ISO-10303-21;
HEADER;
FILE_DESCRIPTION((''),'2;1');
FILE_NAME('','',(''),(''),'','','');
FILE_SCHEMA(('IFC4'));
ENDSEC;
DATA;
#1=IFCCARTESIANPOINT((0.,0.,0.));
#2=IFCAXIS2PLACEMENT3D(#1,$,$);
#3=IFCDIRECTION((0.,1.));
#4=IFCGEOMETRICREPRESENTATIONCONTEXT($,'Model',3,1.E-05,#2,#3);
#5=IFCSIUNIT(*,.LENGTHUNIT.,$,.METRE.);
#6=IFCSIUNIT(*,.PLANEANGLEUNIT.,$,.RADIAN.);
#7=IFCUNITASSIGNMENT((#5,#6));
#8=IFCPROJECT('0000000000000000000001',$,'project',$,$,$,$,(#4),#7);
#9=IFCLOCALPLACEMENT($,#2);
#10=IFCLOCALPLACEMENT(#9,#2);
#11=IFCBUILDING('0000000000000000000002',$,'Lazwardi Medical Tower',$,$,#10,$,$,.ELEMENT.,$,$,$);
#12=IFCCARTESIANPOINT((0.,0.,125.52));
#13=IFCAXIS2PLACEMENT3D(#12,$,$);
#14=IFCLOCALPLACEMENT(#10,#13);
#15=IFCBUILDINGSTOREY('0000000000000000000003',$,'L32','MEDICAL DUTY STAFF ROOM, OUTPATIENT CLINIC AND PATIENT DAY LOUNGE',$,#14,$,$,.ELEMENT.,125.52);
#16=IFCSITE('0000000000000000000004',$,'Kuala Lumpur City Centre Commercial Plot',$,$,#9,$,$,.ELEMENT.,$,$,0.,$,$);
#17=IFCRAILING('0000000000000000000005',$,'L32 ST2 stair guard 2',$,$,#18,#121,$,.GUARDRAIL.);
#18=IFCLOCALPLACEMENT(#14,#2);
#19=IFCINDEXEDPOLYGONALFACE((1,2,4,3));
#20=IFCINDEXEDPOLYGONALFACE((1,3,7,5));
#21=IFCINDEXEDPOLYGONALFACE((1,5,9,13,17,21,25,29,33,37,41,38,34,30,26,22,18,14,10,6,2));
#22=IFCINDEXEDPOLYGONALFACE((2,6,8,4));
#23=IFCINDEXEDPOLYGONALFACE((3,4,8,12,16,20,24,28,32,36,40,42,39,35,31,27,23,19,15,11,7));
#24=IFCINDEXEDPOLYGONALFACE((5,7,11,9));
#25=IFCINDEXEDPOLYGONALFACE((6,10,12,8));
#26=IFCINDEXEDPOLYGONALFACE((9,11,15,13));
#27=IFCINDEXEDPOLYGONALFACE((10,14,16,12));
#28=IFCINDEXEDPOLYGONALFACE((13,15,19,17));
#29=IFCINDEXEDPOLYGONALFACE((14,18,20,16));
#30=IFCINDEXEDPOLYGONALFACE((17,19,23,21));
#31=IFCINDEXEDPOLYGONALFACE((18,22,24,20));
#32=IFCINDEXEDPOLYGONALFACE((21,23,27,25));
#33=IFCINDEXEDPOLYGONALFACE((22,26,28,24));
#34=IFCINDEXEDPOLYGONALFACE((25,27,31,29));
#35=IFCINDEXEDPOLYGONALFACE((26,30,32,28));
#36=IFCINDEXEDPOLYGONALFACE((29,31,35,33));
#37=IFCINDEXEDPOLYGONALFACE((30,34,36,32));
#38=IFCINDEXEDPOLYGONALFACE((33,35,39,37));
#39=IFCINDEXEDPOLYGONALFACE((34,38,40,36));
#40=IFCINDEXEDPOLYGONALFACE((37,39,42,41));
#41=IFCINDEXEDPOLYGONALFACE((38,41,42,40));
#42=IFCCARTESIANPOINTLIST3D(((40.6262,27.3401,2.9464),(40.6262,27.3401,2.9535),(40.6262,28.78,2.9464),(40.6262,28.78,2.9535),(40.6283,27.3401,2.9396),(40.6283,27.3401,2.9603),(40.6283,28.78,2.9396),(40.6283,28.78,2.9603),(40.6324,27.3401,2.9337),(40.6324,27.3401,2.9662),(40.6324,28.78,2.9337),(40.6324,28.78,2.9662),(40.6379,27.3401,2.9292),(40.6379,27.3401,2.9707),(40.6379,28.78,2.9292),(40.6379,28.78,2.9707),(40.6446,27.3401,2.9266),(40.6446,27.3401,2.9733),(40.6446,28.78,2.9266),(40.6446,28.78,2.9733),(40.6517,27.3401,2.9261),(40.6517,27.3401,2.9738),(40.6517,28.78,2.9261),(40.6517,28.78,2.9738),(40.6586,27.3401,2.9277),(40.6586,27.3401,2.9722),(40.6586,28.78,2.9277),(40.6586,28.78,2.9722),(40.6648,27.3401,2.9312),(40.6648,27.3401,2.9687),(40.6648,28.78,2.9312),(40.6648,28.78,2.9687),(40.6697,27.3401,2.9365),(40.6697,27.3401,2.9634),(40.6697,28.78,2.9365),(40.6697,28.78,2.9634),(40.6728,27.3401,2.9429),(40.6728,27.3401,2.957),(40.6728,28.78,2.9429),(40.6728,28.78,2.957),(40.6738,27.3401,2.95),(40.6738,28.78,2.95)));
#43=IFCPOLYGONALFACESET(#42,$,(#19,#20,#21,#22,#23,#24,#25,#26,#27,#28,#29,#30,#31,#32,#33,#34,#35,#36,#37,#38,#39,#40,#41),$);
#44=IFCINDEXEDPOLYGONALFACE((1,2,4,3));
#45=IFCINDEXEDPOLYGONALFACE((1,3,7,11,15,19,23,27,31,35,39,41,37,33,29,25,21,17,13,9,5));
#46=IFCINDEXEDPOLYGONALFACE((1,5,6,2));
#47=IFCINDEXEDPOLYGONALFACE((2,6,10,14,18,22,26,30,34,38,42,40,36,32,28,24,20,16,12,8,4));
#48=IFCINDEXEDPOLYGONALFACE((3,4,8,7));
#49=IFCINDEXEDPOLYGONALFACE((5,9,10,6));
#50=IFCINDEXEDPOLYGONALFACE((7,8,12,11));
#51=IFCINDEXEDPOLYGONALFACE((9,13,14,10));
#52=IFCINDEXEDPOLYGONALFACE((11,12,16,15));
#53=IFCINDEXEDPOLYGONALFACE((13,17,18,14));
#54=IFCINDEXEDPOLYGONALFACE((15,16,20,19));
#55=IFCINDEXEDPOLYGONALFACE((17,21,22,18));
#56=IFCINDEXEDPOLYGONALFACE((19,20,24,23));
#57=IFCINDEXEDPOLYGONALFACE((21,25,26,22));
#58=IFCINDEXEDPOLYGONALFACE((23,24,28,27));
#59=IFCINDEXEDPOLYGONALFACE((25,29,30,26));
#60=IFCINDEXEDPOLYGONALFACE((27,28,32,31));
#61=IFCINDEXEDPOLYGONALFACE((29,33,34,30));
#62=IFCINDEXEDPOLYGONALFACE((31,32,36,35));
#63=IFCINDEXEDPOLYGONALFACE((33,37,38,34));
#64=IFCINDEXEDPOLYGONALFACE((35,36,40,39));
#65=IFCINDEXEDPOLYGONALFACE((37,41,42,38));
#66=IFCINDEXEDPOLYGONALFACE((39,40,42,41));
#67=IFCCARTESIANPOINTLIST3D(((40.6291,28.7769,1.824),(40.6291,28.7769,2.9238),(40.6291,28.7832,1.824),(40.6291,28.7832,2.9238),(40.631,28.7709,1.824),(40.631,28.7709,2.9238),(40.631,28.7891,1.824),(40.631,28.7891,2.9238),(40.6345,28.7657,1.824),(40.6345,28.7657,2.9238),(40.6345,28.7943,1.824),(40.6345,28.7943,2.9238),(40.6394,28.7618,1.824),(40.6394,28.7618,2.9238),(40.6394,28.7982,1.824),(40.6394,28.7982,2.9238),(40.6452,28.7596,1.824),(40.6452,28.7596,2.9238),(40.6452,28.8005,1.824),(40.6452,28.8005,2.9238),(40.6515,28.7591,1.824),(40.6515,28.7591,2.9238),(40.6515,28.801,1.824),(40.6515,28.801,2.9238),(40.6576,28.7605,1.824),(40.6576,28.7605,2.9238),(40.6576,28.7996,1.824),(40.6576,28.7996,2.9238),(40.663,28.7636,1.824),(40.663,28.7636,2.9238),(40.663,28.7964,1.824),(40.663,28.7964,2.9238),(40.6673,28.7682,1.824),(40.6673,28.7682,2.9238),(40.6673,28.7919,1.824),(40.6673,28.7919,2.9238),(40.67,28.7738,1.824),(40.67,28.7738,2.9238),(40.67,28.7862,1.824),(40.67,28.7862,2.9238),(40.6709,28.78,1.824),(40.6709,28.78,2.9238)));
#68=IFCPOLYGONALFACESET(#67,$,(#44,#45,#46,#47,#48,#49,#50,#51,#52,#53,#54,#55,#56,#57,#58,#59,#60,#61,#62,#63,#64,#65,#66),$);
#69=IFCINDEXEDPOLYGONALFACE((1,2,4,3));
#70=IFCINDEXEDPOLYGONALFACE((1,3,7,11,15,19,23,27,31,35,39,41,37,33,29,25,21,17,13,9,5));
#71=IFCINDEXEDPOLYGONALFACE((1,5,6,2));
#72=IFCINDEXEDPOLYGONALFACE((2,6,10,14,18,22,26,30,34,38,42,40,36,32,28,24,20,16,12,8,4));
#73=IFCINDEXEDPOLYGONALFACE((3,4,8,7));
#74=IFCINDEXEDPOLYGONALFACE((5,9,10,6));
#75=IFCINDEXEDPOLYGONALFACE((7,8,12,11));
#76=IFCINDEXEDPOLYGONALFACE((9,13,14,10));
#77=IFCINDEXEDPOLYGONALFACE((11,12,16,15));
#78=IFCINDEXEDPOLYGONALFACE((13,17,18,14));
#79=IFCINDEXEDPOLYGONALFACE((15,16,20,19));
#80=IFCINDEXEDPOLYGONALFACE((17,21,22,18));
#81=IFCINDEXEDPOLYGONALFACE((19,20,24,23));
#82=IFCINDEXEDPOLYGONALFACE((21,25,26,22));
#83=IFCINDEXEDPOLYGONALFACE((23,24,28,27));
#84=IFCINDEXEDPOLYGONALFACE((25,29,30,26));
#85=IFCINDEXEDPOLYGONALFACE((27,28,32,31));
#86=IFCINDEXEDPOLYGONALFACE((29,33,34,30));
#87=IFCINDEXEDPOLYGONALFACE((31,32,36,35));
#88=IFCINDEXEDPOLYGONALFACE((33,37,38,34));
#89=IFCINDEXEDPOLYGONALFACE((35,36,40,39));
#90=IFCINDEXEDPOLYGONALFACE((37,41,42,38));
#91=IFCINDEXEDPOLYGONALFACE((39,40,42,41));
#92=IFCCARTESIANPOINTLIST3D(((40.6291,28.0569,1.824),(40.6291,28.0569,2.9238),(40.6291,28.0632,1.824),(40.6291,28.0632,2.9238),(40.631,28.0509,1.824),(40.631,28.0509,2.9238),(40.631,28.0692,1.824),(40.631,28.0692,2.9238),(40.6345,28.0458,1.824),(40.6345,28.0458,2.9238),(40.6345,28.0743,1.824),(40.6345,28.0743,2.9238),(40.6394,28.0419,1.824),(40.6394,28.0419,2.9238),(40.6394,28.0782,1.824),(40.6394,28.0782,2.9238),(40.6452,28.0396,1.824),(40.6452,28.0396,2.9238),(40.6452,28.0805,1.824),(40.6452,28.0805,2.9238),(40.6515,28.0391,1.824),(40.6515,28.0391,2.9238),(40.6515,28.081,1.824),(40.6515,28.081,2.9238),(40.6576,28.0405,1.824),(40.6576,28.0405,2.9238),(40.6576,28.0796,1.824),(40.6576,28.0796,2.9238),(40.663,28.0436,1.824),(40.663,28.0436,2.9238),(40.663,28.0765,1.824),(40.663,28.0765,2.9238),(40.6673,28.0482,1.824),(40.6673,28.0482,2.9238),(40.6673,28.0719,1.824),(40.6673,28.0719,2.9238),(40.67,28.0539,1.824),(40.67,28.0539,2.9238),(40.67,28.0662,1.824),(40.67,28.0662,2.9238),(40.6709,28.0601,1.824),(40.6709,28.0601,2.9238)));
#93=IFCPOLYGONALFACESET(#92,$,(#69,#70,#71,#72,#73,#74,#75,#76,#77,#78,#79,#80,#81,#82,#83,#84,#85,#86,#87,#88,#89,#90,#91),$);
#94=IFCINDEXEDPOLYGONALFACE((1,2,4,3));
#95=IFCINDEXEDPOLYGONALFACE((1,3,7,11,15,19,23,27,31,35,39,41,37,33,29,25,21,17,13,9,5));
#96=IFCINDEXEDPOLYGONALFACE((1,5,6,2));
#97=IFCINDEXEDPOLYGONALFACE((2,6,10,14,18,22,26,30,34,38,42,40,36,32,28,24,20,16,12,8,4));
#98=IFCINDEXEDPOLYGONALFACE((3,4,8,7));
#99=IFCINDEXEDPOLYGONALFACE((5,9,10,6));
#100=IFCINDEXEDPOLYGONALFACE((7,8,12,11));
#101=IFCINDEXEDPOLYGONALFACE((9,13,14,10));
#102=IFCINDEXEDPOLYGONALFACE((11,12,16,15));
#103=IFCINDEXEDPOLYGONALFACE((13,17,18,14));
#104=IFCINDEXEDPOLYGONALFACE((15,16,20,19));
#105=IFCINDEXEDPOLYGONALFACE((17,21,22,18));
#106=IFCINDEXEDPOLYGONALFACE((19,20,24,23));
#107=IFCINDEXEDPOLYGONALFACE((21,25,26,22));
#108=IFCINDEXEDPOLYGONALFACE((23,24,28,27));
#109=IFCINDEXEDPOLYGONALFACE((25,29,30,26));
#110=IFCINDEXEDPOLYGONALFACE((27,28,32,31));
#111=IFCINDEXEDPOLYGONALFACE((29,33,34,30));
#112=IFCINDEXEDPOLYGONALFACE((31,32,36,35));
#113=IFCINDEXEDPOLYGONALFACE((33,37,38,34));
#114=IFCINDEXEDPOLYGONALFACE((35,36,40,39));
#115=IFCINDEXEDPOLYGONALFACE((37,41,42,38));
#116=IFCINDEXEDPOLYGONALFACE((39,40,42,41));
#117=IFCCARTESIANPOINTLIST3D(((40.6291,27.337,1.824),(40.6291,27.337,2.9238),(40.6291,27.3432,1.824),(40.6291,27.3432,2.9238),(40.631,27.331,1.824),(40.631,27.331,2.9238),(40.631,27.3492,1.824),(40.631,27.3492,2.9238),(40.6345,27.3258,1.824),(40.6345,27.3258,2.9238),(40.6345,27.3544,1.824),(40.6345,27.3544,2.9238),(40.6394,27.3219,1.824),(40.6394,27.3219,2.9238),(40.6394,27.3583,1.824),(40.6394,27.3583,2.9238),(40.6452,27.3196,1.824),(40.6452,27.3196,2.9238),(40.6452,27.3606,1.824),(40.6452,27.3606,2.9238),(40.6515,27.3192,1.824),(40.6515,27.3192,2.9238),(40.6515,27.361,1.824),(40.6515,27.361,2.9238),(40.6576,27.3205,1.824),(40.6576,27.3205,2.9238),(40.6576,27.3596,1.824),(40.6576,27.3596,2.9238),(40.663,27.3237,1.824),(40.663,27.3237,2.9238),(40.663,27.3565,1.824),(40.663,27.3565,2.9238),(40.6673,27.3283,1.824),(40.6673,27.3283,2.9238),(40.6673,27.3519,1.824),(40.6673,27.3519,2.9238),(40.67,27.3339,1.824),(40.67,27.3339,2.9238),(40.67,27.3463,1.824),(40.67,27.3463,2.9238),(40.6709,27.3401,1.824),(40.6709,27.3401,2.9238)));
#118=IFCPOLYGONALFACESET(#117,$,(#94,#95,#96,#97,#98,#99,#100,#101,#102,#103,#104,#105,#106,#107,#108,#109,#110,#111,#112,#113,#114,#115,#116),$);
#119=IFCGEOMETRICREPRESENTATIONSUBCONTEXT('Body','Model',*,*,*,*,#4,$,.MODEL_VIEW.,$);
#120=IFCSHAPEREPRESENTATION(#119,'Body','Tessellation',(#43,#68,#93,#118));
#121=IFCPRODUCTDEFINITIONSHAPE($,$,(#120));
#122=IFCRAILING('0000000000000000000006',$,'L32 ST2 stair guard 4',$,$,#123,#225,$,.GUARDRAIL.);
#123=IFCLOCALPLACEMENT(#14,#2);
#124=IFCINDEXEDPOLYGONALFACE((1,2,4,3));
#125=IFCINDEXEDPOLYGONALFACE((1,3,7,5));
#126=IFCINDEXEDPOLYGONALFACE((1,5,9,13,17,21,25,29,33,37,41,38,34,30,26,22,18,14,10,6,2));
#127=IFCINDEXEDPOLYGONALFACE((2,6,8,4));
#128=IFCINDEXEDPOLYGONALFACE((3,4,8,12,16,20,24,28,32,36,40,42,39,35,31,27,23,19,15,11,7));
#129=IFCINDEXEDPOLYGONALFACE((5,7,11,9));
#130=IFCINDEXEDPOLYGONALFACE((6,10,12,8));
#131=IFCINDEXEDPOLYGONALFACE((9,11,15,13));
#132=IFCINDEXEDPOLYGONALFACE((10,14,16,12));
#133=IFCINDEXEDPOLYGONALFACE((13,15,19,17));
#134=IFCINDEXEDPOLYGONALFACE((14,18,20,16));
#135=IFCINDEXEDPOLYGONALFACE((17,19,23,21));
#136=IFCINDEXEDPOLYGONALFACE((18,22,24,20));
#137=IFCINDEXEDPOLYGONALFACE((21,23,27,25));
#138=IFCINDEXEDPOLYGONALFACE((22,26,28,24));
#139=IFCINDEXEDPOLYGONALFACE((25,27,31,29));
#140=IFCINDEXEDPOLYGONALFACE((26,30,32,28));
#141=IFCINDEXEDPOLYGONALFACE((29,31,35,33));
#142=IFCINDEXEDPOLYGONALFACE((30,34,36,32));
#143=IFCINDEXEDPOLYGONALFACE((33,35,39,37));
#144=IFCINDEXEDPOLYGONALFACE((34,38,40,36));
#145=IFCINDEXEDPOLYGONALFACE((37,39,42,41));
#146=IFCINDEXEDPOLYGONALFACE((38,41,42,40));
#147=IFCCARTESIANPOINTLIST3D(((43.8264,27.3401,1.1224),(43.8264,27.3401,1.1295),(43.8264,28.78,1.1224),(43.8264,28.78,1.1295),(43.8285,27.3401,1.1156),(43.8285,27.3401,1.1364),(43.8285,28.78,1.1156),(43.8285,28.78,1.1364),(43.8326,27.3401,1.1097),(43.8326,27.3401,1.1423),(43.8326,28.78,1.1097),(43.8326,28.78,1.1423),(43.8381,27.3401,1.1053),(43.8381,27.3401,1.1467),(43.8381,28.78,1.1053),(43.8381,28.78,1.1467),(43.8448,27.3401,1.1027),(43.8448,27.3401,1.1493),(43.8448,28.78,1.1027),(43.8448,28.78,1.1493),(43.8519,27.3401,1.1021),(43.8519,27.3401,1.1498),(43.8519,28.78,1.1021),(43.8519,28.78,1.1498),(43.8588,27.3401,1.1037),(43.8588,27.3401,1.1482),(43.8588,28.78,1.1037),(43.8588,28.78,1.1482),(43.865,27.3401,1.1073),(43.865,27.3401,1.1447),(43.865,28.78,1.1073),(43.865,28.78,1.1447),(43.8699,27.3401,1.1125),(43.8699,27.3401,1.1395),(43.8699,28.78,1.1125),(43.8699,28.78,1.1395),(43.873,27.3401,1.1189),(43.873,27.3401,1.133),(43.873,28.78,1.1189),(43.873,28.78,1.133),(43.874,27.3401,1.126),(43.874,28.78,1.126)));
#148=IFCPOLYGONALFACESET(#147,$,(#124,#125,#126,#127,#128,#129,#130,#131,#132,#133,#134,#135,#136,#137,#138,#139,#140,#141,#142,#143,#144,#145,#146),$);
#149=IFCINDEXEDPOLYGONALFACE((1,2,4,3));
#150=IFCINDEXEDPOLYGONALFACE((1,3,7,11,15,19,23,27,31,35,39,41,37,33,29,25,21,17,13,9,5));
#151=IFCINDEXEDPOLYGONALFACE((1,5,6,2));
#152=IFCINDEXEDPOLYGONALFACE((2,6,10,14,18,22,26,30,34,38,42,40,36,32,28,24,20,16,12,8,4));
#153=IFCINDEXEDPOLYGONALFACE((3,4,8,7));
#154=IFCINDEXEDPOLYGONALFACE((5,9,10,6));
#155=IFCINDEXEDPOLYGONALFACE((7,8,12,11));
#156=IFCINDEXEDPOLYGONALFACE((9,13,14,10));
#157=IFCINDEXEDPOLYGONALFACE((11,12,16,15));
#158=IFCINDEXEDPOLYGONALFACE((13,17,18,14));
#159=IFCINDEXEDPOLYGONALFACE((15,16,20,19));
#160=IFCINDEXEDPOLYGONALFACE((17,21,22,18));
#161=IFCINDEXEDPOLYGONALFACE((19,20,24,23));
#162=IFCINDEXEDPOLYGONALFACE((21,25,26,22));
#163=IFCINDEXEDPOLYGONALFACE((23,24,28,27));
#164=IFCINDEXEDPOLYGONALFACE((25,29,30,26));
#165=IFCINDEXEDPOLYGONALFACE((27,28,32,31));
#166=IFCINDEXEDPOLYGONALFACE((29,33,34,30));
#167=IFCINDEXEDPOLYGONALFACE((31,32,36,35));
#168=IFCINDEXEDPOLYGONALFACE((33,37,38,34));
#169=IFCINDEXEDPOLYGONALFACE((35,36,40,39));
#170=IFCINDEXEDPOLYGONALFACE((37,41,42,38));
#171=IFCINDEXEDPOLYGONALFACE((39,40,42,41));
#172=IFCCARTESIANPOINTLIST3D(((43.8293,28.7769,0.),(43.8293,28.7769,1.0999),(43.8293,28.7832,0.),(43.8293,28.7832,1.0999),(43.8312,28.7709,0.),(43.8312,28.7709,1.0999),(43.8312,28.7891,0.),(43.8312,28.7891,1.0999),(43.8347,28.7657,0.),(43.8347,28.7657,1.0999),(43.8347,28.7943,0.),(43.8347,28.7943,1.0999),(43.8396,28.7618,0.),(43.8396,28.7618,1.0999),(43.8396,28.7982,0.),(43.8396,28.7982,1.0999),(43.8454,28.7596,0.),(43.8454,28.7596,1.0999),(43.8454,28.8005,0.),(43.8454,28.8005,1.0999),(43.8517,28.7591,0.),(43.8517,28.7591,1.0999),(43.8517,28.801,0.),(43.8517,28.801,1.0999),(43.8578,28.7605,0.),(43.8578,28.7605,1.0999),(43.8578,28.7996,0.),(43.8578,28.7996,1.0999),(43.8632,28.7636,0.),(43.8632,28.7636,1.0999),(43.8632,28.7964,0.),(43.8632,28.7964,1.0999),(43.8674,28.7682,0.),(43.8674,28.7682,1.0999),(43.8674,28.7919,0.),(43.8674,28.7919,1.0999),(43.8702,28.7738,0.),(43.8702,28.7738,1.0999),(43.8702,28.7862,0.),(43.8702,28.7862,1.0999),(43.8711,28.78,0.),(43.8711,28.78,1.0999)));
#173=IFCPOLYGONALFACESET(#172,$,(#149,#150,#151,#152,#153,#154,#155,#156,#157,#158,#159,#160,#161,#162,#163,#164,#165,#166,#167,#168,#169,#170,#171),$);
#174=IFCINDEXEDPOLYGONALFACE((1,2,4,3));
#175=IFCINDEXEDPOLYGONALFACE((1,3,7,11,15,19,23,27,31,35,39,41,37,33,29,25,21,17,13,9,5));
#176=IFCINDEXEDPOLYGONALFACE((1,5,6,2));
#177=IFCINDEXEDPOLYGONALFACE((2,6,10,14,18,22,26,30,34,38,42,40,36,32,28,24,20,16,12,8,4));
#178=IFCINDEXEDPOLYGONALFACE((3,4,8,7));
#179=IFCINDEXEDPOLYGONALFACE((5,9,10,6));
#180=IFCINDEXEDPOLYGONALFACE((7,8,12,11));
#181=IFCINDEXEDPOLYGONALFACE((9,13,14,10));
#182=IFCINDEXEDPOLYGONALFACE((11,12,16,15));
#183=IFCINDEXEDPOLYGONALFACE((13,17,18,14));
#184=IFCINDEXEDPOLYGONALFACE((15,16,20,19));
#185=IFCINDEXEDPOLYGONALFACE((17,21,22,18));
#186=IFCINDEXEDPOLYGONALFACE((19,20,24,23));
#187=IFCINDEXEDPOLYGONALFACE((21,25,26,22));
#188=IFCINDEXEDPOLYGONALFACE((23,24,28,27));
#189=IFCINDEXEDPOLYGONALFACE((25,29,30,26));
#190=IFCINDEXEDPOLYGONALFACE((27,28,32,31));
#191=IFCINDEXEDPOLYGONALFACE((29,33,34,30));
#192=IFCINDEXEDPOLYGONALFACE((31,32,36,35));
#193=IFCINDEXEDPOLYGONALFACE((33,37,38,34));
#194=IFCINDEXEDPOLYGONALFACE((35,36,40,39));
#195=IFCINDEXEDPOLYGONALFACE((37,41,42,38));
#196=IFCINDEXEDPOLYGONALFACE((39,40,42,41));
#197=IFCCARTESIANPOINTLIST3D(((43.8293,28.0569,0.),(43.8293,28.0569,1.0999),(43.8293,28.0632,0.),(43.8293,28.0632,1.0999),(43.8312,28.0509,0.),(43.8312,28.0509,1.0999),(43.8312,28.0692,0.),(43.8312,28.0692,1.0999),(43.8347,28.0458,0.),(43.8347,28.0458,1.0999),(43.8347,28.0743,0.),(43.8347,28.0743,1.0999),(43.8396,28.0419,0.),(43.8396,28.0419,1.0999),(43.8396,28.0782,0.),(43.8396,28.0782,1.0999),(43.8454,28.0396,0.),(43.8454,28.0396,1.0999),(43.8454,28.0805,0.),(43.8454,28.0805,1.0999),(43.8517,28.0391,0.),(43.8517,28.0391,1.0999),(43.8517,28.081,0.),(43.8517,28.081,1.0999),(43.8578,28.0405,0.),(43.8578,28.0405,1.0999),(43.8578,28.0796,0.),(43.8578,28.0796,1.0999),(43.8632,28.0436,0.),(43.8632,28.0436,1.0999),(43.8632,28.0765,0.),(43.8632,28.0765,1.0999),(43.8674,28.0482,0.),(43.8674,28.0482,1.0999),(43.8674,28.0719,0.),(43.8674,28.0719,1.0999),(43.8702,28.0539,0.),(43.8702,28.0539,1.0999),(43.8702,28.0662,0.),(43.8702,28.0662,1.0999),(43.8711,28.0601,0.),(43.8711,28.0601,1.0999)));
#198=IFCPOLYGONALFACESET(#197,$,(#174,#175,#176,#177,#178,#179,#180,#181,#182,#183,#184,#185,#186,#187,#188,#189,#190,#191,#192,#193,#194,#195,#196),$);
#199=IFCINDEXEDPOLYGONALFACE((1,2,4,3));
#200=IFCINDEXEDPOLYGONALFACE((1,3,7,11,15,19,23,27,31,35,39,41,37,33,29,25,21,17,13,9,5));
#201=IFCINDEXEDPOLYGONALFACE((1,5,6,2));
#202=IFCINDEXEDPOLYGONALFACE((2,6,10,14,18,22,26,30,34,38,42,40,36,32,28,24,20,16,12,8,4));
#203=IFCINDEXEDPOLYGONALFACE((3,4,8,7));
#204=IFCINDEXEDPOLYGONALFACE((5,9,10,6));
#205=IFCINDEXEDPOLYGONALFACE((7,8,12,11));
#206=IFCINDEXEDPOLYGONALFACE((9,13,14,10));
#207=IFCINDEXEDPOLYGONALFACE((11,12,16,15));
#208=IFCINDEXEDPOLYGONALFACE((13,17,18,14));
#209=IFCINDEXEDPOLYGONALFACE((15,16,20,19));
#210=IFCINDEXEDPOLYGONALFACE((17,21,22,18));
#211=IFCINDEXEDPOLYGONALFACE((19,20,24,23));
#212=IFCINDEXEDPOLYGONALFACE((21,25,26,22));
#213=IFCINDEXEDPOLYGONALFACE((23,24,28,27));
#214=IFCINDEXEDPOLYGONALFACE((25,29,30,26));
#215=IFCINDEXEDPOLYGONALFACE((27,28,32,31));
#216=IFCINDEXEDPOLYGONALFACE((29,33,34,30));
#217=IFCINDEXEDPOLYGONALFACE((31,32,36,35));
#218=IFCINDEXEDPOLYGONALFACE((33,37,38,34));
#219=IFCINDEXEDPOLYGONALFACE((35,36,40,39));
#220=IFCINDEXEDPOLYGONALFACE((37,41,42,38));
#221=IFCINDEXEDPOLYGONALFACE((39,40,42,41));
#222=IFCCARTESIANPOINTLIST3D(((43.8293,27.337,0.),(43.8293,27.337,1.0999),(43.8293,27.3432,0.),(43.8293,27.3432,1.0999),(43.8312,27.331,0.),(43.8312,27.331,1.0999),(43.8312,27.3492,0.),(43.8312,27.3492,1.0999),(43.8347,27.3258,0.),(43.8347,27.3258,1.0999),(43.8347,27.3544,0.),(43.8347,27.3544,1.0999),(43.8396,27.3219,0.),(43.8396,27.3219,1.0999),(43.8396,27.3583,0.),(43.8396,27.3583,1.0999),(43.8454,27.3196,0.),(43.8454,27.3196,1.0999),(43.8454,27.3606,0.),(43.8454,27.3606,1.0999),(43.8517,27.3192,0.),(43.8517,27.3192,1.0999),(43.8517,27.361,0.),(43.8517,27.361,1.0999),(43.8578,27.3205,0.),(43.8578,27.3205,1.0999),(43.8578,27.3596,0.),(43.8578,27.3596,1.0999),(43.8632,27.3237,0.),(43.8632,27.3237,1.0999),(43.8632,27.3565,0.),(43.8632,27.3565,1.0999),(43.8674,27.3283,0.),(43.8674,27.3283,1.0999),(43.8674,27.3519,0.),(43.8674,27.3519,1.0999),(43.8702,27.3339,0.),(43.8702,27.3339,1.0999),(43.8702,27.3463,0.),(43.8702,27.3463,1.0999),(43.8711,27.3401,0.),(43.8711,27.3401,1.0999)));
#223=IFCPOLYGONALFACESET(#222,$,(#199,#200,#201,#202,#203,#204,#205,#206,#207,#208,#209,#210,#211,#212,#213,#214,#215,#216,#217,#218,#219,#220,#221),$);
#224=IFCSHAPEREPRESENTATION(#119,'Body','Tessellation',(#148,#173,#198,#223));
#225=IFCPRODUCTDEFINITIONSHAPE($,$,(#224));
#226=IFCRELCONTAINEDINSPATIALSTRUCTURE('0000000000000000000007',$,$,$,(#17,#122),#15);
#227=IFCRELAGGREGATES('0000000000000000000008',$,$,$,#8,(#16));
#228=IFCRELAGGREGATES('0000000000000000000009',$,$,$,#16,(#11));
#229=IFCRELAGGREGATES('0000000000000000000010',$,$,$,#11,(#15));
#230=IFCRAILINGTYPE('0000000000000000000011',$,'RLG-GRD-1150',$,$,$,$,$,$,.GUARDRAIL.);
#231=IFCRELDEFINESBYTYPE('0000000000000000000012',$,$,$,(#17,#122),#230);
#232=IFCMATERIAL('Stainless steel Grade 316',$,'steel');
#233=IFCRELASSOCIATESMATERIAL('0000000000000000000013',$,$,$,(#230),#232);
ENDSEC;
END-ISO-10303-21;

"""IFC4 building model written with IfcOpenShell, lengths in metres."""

from ifc_helpers import new_model, si_unit, direction, frame, origin, origin_2d, place, context, subcontext, project, spatial, circle, extrude, material, type_object, element, save


model = new_model("IFC4")

# Units and contexts
model_context = context("Model", 3, precision=1e-05, world=origin(), true_north=direction((0.0, 1.0)))
body_context = subcontext(model_context, "Body", "Model", "MODEL_VIEW")
ifc_project = project(units=[si_unit("LENGTHUNIT", "METRE"), si_unit("PLANEANGLEUNIT", "RADIAN")], contexts=[model_context])

# Site, building, storey
site_placement = place(None, origin())
site = spatial("IfcSite", under=ifc_project, at=site_placement, Name="Kuala Lumpur City Centre Commercial Plot", CompositionType="ELEMENT", RefElevation=0.0)
building_placement = place(site_placement, origin())
building = spatial("IfcBuilding", under=site, at=building_placement, Name="Lazwardi Medical Tower", CompositionType="ELEMENT")
storey_placement = place(building_placement, frame((0.0, 0.0, 125.52)))
storey = spatial("IfcBuildingStorey", under=building, at=storey_placement, Name="L32", Description="MEDICAL DUTY STAFF ROOM, OUTPATIENT CLINIC AND PATIENT DAY LOUNGE", CompositionType="ELEMENT", Elevation=125.52)

# Railings
ifc_material_1 = material(Name="Stainless steel Grade 316", Category="steel")
railing_type_1 = type_object("IfcRailingType", Name="RLG-GRD-1150", PredefinedType="GUARDRAIL", material=ifc_material_1)
for number, where, name in (
    (1, (40.6499, 28.78, 1.824), "L32 ST2 stair guard 2"),
    (2, (43.8501, 28.78, 0.0), "L32 ST2 stair guard 4"),
):
    element("IfcRailing", number, at=place(storey_placement, frame(where)), inside=storey, type_object=railing_type_1, Name=name, PredefinedType="GUARDRAIL", context=body_context, shape_type="SweptSolid", body=[
        extrude(circle(Radius=0.0239, at=origin_2d()), frame((0.0, 0.0, 1.126), z_axis=(0.0, -1.0, 0.0), x_axis=(1.0, 0.0, 0.0)), (0.0, 0.0, 1.0), 1.4399),
        extrude(circle(Radius=0.021, at=origin_2d()), origin(), (0.0, 0.0, 1.0), 1.0999),
        extrude(circle(Radius=0.021, at=origin_2d()), frame((0.0, -0.72, 0.0)), (0.0, 0.0, 1.0), 1.0999),
        extrude(circle(Radius=0.021, at=origin_2d()), frame((0.0, -1.4399, 0.0)), (0.0, 0.0, 1.0), 1.0999),
    ])

save(model, "model.ifc")
